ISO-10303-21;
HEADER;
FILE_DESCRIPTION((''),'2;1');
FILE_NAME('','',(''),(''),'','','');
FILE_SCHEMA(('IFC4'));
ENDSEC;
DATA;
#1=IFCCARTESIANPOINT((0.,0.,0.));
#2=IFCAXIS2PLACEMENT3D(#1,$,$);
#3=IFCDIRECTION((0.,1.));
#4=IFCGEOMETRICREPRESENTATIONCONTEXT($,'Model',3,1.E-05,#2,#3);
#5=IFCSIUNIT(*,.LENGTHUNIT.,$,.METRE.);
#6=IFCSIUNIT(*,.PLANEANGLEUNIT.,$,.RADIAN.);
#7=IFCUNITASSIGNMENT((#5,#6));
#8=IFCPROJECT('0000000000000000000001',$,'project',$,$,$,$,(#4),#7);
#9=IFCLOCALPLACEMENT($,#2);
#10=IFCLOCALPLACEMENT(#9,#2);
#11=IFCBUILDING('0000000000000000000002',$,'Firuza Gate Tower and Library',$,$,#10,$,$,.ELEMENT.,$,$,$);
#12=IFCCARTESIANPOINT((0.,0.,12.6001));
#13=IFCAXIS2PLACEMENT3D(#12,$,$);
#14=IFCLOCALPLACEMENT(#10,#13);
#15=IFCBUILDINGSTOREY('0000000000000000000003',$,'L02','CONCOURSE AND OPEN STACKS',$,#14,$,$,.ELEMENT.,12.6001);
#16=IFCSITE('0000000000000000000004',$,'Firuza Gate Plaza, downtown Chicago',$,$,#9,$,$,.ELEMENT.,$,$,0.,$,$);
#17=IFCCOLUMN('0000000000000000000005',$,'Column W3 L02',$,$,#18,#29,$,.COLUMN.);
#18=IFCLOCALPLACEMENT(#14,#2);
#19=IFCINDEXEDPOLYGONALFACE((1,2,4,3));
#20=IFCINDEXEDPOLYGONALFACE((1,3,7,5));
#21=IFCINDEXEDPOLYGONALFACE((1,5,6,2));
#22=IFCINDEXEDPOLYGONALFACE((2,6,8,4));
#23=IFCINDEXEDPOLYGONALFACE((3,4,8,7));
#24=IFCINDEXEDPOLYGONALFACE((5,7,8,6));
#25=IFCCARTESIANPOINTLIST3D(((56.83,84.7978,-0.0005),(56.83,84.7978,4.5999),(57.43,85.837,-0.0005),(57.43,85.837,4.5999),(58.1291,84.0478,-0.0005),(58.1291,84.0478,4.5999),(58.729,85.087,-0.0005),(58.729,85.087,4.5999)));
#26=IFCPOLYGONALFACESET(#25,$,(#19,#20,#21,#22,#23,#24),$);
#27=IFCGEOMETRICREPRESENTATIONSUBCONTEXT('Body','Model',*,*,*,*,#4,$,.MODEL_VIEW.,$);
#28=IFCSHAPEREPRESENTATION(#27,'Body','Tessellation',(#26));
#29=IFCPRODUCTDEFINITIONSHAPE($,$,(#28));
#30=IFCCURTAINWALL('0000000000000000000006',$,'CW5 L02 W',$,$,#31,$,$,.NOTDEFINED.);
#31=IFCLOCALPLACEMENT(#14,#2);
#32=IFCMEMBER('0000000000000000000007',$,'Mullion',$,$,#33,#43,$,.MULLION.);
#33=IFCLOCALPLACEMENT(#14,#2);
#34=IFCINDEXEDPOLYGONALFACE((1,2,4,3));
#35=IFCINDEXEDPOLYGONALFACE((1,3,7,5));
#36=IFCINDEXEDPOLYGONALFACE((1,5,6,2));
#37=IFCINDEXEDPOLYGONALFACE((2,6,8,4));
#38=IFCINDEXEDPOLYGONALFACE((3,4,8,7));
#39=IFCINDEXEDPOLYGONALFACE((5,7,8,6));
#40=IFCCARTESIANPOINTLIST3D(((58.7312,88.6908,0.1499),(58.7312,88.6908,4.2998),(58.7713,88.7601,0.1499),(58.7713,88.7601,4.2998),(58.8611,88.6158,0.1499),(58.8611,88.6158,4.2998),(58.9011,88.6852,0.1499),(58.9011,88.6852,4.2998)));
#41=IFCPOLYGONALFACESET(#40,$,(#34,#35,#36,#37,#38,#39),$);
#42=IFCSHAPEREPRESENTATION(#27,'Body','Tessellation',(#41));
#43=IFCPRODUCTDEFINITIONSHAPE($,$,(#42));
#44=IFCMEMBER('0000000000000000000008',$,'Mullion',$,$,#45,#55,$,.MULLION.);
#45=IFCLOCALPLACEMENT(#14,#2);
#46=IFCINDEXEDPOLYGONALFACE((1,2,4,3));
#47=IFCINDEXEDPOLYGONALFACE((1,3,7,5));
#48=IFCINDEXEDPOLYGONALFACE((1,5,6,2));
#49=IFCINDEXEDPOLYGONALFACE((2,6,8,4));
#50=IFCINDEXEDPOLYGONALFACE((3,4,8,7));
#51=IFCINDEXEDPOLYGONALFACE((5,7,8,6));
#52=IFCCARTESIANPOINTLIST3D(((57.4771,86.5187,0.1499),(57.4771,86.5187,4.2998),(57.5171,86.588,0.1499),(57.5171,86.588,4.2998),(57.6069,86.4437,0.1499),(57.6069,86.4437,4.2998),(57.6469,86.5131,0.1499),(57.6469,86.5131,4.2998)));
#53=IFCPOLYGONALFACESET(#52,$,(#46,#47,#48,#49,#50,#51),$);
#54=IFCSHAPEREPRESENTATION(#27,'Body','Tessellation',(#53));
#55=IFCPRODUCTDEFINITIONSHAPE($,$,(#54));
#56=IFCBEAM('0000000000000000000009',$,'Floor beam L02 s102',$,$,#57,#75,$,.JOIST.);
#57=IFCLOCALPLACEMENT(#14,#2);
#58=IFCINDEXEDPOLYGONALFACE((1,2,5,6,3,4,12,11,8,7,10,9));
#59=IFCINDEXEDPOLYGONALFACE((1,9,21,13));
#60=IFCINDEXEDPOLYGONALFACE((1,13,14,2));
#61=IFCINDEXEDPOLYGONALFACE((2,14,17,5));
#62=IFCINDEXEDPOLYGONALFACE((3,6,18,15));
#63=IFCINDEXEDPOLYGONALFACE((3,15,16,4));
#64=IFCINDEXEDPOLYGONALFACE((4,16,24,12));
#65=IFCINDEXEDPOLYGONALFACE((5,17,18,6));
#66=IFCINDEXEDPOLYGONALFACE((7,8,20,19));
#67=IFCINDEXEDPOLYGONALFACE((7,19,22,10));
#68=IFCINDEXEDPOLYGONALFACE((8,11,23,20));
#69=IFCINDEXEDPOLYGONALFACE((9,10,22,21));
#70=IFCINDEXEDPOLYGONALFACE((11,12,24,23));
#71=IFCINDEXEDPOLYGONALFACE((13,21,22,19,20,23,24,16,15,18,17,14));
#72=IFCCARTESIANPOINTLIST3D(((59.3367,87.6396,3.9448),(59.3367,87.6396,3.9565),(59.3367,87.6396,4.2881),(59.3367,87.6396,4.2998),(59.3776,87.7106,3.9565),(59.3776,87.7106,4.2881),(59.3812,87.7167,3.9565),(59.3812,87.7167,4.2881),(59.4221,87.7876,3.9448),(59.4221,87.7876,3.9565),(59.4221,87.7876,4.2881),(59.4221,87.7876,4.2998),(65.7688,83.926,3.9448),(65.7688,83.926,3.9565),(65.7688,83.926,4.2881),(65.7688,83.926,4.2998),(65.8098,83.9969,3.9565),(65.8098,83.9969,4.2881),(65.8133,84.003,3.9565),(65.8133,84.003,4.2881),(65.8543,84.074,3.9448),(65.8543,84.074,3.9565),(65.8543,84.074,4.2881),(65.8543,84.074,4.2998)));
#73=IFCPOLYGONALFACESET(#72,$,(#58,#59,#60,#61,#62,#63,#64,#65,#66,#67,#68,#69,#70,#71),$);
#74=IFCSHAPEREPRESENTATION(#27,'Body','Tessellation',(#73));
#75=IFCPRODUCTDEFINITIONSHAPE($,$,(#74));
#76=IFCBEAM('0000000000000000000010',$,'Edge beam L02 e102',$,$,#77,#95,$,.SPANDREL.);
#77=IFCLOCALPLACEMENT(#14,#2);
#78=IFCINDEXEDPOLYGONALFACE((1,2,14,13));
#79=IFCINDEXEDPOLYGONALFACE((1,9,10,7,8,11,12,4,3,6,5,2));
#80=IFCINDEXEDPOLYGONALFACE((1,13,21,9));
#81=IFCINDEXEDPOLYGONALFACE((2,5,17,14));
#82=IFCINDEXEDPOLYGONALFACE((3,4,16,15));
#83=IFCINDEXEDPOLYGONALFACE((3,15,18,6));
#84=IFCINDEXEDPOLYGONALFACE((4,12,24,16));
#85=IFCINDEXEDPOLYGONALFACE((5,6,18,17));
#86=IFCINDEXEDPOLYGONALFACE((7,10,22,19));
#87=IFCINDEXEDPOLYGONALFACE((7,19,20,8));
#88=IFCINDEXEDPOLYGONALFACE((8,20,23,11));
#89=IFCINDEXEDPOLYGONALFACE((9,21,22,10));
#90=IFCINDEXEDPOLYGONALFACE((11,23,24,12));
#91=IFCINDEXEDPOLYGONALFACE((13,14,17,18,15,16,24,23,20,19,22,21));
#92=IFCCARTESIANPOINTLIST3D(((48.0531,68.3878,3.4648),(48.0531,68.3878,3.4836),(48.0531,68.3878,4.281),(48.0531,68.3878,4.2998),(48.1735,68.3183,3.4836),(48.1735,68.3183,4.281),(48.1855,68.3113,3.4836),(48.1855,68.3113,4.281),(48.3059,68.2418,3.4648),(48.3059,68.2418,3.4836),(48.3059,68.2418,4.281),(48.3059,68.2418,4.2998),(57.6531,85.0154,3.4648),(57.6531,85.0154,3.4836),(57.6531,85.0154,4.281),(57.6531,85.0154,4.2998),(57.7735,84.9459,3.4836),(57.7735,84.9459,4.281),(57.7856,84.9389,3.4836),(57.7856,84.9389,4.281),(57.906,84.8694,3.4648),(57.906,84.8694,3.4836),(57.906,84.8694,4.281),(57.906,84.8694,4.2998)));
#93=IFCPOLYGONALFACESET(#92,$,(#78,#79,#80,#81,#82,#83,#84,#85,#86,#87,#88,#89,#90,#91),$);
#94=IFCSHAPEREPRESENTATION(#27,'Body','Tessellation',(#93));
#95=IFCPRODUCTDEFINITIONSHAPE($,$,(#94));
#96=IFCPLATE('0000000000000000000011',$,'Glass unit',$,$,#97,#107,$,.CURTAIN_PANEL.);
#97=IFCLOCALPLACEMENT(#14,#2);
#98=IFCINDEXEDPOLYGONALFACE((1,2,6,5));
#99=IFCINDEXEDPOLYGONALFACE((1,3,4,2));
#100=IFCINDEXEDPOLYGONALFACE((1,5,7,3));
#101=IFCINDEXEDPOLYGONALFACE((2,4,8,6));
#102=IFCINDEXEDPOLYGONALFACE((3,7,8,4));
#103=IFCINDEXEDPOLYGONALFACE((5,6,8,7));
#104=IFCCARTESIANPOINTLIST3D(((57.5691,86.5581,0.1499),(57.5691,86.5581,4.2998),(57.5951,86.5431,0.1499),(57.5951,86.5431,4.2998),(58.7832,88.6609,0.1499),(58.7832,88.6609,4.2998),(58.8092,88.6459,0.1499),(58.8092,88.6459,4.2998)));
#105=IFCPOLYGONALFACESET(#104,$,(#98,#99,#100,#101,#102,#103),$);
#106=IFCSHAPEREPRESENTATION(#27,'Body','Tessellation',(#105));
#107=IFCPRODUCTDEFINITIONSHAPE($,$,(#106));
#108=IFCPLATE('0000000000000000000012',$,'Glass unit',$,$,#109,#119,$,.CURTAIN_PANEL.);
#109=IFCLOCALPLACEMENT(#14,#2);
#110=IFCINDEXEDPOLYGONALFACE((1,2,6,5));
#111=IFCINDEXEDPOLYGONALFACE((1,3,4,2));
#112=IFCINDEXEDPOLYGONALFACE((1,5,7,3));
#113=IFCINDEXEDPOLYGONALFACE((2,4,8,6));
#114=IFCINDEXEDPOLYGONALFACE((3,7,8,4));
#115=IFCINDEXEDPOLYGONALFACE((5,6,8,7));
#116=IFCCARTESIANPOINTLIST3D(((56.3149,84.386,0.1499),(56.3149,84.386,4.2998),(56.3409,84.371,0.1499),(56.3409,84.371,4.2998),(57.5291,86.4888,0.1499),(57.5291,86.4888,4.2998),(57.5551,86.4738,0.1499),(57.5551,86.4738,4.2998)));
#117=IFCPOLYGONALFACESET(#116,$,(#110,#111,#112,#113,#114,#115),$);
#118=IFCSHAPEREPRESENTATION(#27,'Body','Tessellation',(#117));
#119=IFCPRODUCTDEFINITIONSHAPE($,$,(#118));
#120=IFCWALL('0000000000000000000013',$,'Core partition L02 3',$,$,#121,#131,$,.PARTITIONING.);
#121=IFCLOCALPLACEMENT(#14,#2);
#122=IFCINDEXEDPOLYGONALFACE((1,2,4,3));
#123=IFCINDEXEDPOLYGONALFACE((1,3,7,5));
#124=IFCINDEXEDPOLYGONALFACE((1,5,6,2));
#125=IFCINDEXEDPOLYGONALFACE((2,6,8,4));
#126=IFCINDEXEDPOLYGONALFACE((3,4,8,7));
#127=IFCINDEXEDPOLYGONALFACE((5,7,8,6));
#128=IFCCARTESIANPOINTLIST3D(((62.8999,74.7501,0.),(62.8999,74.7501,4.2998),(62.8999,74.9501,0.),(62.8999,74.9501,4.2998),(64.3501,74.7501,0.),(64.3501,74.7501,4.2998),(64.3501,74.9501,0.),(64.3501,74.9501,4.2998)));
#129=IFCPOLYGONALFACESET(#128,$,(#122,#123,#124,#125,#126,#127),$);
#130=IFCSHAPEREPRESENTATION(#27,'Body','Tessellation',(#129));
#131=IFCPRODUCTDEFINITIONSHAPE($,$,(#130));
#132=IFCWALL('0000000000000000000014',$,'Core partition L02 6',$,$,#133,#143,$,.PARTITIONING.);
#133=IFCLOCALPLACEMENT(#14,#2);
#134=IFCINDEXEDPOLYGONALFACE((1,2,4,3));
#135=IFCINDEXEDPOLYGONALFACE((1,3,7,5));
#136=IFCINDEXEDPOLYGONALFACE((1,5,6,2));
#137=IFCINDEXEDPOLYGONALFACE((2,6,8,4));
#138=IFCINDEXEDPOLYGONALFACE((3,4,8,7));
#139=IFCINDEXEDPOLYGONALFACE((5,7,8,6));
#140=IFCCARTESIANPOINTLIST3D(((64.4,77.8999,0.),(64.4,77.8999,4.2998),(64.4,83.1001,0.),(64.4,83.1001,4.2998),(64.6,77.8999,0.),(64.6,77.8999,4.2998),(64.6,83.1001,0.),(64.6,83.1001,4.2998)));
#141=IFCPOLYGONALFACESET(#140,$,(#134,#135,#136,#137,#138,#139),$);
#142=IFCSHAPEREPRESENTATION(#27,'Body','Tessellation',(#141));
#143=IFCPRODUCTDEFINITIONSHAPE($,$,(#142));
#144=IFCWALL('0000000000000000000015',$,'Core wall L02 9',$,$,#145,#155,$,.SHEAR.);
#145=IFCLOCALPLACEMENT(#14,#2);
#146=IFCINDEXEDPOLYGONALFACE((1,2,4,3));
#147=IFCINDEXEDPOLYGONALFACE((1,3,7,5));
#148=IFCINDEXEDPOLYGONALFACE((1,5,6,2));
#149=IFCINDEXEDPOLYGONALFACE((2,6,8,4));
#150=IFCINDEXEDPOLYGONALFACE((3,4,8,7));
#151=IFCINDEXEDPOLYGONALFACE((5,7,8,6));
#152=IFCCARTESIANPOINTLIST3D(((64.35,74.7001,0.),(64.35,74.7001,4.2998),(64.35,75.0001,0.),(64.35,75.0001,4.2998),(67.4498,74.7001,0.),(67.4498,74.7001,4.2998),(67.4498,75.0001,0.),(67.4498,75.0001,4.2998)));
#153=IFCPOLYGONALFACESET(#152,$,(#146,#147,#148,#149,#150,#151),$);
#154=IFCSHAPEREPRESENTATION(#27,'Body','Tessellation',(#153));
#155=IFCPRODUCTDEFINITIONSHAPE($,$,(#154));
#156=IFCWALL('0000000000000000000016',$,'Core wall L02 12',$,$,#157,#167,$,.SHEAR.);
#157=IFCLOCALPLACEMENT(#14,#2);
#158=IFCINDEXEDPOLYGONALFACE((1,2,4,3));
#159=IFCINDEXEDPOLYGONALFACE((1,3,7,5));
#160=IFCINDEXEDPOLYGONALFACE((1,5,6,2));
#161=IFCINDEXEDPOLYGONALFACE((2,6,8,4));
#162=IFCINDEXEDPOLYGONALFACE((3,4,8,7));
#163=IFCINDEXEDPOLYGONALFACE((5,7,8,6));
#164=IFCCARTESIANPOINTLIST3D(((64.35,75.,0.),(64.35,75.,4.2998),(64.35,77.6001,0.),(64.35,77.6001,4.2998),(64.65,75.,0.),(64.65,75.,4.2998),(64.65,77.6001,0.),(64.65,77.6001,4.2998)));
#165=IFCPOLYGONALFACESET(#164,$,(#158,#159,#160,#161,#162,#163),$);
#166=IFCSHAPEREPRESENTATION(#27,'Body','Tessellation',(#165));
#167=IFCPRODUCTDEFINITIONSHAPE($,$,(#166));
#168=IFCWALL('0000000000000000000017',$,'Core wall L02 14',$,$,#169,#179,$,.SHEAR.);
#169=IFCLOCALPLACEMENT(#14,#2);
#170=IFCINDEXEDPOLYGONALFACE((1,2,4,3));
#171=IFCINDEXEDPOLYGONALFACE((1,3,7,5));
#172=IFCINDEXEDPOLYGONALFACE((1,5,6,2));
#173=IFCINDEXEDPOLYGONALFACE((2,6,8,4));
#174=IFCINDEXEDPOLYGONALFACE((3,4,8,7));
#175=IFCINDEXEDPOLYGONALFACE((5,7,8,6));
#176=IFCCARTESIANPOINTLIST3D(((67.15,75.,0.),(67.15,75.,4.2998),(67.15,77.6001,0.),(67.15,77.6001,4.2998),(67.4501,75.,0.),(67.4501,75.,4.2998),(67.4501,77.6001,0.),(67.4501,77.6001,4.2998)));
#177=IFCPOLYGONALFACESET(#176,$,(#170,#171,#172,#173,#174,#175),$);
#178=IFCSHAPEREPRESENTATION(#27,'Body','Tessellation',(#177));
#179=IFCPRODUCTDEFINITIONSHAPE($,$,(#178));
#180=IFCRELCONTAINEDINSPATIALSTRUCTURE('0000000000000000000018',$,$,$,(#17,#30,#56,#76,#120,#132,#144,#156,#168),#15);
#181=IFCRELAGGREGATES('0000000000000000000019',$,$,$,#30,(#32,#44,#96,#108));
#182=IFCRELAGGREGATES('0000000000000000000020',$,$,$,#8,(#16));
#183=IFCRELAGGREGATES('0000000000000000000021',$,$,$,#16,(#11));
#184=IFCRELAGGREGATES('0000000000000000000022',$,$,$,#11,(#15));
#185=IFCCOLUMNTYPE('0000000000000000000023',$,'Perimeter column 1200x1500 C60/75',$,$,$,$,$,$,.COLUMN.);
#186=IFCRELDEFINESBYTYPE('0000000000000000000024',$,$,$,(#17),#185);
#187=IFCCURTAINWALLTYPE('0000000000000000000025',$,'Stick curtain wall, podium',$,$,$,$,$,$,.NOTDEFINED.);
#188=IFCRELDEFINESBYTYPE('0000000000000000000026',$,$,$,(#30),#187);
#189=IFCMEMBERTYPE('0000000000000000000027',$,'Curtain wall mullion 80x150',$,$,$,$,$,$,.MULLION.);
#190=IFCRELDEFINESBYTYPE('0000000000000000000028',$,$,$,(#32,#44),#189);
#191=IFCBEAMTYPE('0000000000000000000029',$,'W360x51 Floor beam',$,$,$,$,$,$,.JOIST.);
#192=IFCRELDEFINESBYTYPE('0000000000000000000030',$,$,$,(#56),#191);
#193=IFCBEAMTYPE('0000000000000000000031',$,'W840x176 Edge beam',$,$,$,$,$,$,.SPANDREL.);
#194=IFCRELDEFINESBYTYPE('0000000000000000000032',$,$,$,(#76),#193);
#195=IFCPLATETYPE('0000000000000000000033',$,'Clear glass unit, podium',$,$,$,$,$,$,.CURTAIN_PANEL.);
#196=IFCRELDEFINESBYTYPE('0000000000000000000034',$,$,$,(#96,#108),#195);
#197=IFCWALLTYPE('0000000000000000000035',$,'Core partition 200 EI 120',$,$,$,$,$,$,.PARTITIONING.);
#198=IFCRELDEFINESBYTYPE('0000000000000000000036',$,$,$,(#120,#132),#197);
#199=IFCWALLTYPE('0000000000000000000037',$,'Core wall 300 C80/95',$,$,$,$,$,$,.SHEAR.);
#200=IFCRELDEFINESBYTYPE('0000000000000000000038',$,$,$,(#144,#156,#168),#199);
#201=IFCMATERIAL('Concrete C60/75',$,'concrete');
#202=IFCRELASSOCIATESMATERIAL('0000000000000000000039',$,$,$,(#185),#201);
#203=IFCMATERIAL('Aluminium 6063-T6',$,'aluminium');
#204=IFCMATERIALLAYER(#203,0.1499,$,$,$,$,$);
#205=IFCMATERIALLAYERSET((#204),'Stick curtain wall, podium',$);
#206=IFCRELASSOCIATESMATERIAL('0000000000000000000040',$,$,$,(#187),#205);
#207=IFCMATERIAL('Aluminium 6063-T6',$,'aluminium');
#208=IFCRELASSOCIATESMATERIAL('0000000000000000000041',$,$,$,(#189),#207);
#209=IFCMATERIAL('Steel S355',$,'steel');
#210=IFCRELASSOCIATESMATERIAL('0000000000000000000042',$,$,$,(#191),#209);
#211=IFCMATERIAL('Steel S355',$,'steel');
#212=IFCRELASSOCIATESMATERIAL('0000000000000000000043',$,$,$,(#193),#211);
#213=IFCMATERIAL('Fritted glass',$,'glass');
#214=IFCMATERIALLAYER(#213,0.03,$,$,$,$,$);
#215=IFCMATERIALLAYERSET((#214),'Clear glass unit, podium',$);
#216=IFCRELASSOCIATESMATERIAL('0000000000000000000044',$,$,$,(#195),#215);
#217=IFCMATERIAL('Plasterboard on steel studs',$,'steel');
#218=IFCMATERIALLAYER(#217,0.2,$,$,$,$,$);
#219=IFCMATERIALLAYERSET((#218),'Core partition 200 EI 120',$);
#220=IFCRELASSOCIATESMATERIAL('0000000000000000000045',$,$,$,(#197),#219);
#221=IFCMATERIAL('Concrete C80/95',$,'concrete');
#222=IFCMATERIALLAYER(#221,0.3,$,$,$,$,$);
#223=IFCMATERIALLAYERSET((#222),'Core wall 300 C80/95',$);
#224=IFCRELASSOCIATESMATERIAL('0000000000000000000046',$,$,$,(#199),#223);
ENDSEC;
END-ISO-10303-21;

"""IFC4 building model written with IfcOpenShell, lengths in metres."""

from ifc_helpers import new_model, si_unit, direction, frame, frame_2d, origin, origin_2d, place, context, subcontext, project, spatial, polyline, rectangle, i_section, outline, extrude, material, layer, layer_set, material_profile, profile_set, type_object, element, aggregate, save


model = new_model("IFC4")

# Units and contexts
model_context = context("Model", 3, precision=1e-05, world=origin(), true_north=direction((0.0, 1.0)))
body_context = subcontext(model_context, "Body", "Model", "MODEL_VIEW")
ifc_project = project(units=[si_unit("LENGTHUNIT", "METRE"), si_unit("PLANEANGLEUNIT", "RADIAN")], contexts=[model_context])

# Site, building, storey
site_placement = place(None, origin())
site = spatial("IfcSite", under=ifc_project, at=site_placement, Name="Firuza Gate Plaza, downtown Chicago", CompositionType="ELEMENT", RefElevation=0.0)
building_placement = place(site_placement, origin())
building = spatial("IfcBuilding", under=site, at=building_placement, Name="Firuza Gate Tower and Library", CompositionType="ELEMENT")
storey_placement = place(building_placement, frame((0.0, 0.0, 12.6001)))
storey = spatial("IfcBuildingStorey", under=building, at=storey_placement, Name="L02", Description="CONCOURSE AND OPEN STACKS", CompositionType="ELEMENT", Elevation=12.6001)

# Column
ifc_material_1 = material(Name="Concrete C60/75", Category="concrete")
ifc_material_profile_1 = material_profile(ifc_material_1, rectangle(XDim=1.2, YDim=1.5, at=origin_2d()))
ifc_profile_set_1 = profile_set([ifc_material_profile_1], Name="Concrete C60/75")
column_type = type_object("IfcColumnType", Name="Perimeter column 1200x1500 C60/75", PredefinedType="COLUMN", material=ifc_profile_set_1)
column_placement = place(storey_placement, frame((57.7795, 84.9424, -0.0005), z_axis=(0.0, 0.0, 1.0), x_axis=(-0.5, -0.866025, 0.0)))
element("IfcColumn", 1, at=column_placement, inside=storey, type_object=column_type, Name="Column W3 L02", PredefinedType="COLUMN", context=body_context, shape_type="SweptSolid", body=[
    extrude(rectangle(XDim=1.2, YDim=1.5, at=origin_2d()), origin(), (0.0, 0.0, 1.0), 4.6003),
])

# Curtain wall, members
ifc_material_2 = material(Name="Aluminium 6063-T6", Category="aluminium")
ifc_layer_1 = layer(ifc_material_2, 0.1499)
ifc_layer_set_1 = layer_set([ifc_layer_1], Name="Stick curtain wall, podium")
curtain_wall_type = type_object("IfcCurtainWallType", Name="Stick curtain wall, podium", PredefinedType="NOTDEFINED", material=ifc_layer_set_1)
curtain_wall_placement = place(storey_placement, origin())
curtain_wall = element("IfcCurtainWall", 2, at=curtain_wall_placement, inside=storey, type_object=curtain_wall_type, Name="CW5 L02 W", PredefinedType="NOTDEFINED")
ifc_material_3 = material(Name="Aluminium 6063-T6", Category="aluminium")
ifc_material_profile_2 = material_profile(ifc_material_3, rectangle(XDim=0.1499, YDim=0.0801, at=origin_2d()))
ifc_profile_set_2 = profile_set([ifc_material_profile_2], Name="Aluminium 6063-T6")
member_type = type_object("IfcMemberType", Name="Curtain wall mullion 80x150", PredefinedType="MULLION", material=ifc_profile_set_2)
member_1_placement = place(storey_placement, frame((58.8162, 88.688, 0.1499), z_axis=(0.0, 0.0, 1.0), x_axis=(0.866025, -0.5, 0.0)))
member_1 = element("IfcMember", 3, at=member_1_placement, type_object=member_type, Name="Mullion", PredefinedType="MULLION", context=body_context, shape_type="SweptSolid", body=[
    extrude(rectangle(XDim=0.1499, YDim=0.0801, at=origin_2d()), origin(), (0.0, 0.0, 1.0), 4.1499),
])
member_2_placement = place(storey_placement, frame((57.562, 86.5159, 0.1499), z_axis=(0.0, 0.0, 1.0), x_axis=(0.866025, -0.5, 0.0)))
member_2 = element("IfcMember", 4, at=member_2_placement, type_object=member_type, Name="Mullion", PredefinedType="MULLION", context=body_context, shape_type="SweptSolid", body=[
    extrude(rectangle(XDim=0.1499, YDim=0.0801, at=origin_2d()), origin(), (0.0, 0.0, 1.0), 4.1499),
])

# Beams
ifc_material_4 = material(Name="Steel S355", Category="steel")
ifc_material_profile_3 = material_profile(ifc_material_4, i_section(OverallWidth=0.1709, OverallDepth=0.355, WebThickness=0.0071, FlangeThickness=0.0117, at=origin_2d()))
ifc_profile_set_3 = profile_set([ifc_material_profile_3], Name="Steel S355")
beam_type_1 = type_object("IfcBeamType", Name="W360x51 Floor beam", PredefinedType="JOIST", material=ifc_profile_set_3)
beam_1_placement = place(storey_placement, frame((59.3794, 87.7136, 4.1223), z_axis=(0.866024, -0.500003, 0.0), x_axis=(0.500003, 0.866024, 0.0)))
element("IfcBeam", 5, at=beam_1_placement, inside=storey, type_object=beam_type_1, Name="Floor beam L02 s102", PredefinedType="JOIST", context=body_context, shape_type="SweptSolid", body=[
    extrude(i_section(OverallWidth=0.1709, OverallDepth=0.355, WebThickness=0.0071, FlangeThickness=0.0117, at=origin_2d()), origin(), (0.0, 0.0, 1.0), 7.4272),
])
ifc_material_5 = material(Name="Steel S355", Category="steel")
ifc_material_profile_4 = material_profile(ifc_material_5, i_section(OverallWidth=0.292, OverallDepth=0.835, WebThickness=0.0139, FlangeThickness=0.0188, at=origin_2d()))
ifc_profile_set_4 = profile_set([ifc_material_profile_4], Name="Steel S355")
beam_type_2 = type_object("IfcBeamType", Name="W840x176 Edge beam", PredefinedType="SPANDREL", material=ifc_profile_set_4)
beam_2_placement = place(storey_placement, frame((57.7795, 84.9424, 3.8823), z_axis=(-0.500004, -0.866023, 0.0), x_axis=(0.866023, -0.500004, 0.0)))
element("IfcBeam", 6, at=beam_2_placement, inside=storey, type_object=beam_type_2, Name="Edge beam L02 e102", PredefinedType="SPANDREL", context=body_context, shape_type="SweptSolid", body=[
    extrude(i_section(OverallWidth=0.292, OverallDepth=0.835, WebThickness=0.0139, FlangeThickness=0.0188, at=origin_2d()), origin(), (0.0, 0.0, 1.0), 19.2),
])

# Plates
ifc_material_6 = material(Name="Fritted glass", Category="glass")
ifc_layer_2 = layer(ifc_material_6, 0.03)
ifc_layer_set_2 = layer_set([ifc_layer_2], Name="Clear glass unit, podium")
plate_type = type_object("IfcPlateType", Name="Clear glass unit, podium", PredefinedType="CURTAIN_PANEL", material=ifc_layer_set_2)
plate_1_placement = place(storey_placement, frame((58.7832, 88.6609, 0.1499), z_axis=(-0.866013, 0.500021, 0.0), x_axis=(-0.500021, -0.866013, 0.0)))
plate_1 = element("IfcPlate", 7, at=plate_1_placement, type_object=plate_type, Name="Glass unit", PredefinedType="CURTAIN_PANEL", context=body_context, shape_type="SweptSolid", body=[
    extrude(outline(polyline([(0.0, 0.0), (2.4281, 0.0), (2.4281, 4.1499), (0.0, 4.1499), (0.0, 0.0)])), origin(), (0.0, 0.0, -1.0), 0.03),
])
plate_2_placement = place(storey_placement, frame((57.5291, 86.4888, 0.1499), z_axis=(-0.866013, 0.500021, 0.0), x_axis=(-0.500021, -0.866013, 0.0)))
plate_2 = element("IfcPlate", 8, at=plate_2_placement, type_object=plate_type, Name="Glass unit", PredefinedType="CURTAIN_PANEL", context=body_context, shape_type="SweptSolid", body=[
    extrude(outline(polyline([(0.0, 0.0), (2.4281, 0.0), (2.4281, 4.1499), (0.0, 4.1499), (0.0, 0.0)])), origin(), (0.0, 0.0, -1.0), 0.03),
])
aggregate(curtain_wall, [member_1, member_2, plate_1, plate_2])

# Walls
ifc_material_7 = material(Name="Plasterboard on steel studs", Category="steel")
ifc_layer_3 = layer(ifc_material_7, 0.2)
ifc_layer_set_3 = layer_set([ifc_layer_3], Name="Core partition 200 EI 120")
wall_type_1 = type_object("IfcWallType", Name="Core partition 200 EI 120", PredefinedType="PARTITIONING", material=ifc_layer_set_3)
wall_1_placement = place(storey_placement, frame((62.8999, 74.8501, 0.0), z_axis=(0.0, 0.0, 1.0), x_axis=(1.0, 0.0, 0.0)))
element("IfcWall", 9, at=wall_1_placement, inside=storey, type_object=wall_type_1, Name="Core partition L02 3", PredefinedType="PARTITIONING", context=body_context, shape_type="SweptSolid", body=[
    extrude(rectangle(XDim=1.4502, YDim=0.2, at=frame_2d((0.7251, 0.0))), origin(), (0.0, 0.0, 1.0), 4.2998),
])
wall_2_placement = place(storey_placement, frame((64.5, 77.8999, 0.0), z_axis=(0.0, 0.0, 1.0), x_axis=(0.0, 1.0, 0.0)))
element("IfcWall", 10, at=wall_2_placement, inside=storey, type_object=wall_type_1, Name="Core partition L02 6", PredefinedType="PARTITIONING", context=body_context, shape_type="SweptSolid", body=[
    extrude(rectangle(XDim=5.2002, YDim=0.2, at=frame_2d((2.6001, 0.0))), origin(), (0.0, 0.0, 1.0), 4.2998),
])
ifc_material_8 = material(Name="Concrete C80/95", Category="concrete")
ifc_layer_4 = layer(ifc_material_8, 0.3)
ifc_layer_set_4 = layer_set([ifc_layer_4], Name="Core wall 300 C80/95")
wall_type_2 = type_object("IfcWallType", Name="Core wall 300 C80/95", PredefinedType="SHEAR", material=ifc_layer_set_4)
wall_3_placement = place(storey_placement, frame((64.3501, 74.8501, 0.0), z_axis=(0.0, 0.0, 1.0), x_axis=(1.0, 0.0, 0.0)))
element("IfcWall", 11, at=wall_3_placement, inside=storey, type_object=wall_type_2, Name="Core wall L02 9", PredefinedType="SHEAR", context=body_context, shape_type="SweptSolid", body=[
    extrude(rectangle(XDim=3.0999, YDim=0.3, at=frame_2d((1.5498, 0.0))), origin(), (0.0, 0.0, 1.0), 4.2998),
])
for number, where, z_axis, x_axis, name in (
    (12, (64.5, 75.0, 0.0), (0.0, 0.0, 1.0), (0.0, 1.0, 0.0), "Core wall L02 12"),
    (13, (67.3, 75.0, 0.0), (0.0, 0.0, 1.0), (0.0, 1.0, 0.0), "Core wall L02 14"),
):
    element("IfcWall", number, at=place(storey_placement, frame(where, z_axis=z_axis, x_axis=x_axis)), inside=storey, type_object=wall_type_2, Name=name, PredefinedType="SHEAR", context=body_context, shape_type="SweptSolid", body=[
        extrude(rectangle(XDim=2.6001, YDim=0.3, at=frame_2d((1.3, 0.0))), origin(), (0.0, 0.0, 1.0), 4.2998),
    ])

save(model, "model.ifc")
